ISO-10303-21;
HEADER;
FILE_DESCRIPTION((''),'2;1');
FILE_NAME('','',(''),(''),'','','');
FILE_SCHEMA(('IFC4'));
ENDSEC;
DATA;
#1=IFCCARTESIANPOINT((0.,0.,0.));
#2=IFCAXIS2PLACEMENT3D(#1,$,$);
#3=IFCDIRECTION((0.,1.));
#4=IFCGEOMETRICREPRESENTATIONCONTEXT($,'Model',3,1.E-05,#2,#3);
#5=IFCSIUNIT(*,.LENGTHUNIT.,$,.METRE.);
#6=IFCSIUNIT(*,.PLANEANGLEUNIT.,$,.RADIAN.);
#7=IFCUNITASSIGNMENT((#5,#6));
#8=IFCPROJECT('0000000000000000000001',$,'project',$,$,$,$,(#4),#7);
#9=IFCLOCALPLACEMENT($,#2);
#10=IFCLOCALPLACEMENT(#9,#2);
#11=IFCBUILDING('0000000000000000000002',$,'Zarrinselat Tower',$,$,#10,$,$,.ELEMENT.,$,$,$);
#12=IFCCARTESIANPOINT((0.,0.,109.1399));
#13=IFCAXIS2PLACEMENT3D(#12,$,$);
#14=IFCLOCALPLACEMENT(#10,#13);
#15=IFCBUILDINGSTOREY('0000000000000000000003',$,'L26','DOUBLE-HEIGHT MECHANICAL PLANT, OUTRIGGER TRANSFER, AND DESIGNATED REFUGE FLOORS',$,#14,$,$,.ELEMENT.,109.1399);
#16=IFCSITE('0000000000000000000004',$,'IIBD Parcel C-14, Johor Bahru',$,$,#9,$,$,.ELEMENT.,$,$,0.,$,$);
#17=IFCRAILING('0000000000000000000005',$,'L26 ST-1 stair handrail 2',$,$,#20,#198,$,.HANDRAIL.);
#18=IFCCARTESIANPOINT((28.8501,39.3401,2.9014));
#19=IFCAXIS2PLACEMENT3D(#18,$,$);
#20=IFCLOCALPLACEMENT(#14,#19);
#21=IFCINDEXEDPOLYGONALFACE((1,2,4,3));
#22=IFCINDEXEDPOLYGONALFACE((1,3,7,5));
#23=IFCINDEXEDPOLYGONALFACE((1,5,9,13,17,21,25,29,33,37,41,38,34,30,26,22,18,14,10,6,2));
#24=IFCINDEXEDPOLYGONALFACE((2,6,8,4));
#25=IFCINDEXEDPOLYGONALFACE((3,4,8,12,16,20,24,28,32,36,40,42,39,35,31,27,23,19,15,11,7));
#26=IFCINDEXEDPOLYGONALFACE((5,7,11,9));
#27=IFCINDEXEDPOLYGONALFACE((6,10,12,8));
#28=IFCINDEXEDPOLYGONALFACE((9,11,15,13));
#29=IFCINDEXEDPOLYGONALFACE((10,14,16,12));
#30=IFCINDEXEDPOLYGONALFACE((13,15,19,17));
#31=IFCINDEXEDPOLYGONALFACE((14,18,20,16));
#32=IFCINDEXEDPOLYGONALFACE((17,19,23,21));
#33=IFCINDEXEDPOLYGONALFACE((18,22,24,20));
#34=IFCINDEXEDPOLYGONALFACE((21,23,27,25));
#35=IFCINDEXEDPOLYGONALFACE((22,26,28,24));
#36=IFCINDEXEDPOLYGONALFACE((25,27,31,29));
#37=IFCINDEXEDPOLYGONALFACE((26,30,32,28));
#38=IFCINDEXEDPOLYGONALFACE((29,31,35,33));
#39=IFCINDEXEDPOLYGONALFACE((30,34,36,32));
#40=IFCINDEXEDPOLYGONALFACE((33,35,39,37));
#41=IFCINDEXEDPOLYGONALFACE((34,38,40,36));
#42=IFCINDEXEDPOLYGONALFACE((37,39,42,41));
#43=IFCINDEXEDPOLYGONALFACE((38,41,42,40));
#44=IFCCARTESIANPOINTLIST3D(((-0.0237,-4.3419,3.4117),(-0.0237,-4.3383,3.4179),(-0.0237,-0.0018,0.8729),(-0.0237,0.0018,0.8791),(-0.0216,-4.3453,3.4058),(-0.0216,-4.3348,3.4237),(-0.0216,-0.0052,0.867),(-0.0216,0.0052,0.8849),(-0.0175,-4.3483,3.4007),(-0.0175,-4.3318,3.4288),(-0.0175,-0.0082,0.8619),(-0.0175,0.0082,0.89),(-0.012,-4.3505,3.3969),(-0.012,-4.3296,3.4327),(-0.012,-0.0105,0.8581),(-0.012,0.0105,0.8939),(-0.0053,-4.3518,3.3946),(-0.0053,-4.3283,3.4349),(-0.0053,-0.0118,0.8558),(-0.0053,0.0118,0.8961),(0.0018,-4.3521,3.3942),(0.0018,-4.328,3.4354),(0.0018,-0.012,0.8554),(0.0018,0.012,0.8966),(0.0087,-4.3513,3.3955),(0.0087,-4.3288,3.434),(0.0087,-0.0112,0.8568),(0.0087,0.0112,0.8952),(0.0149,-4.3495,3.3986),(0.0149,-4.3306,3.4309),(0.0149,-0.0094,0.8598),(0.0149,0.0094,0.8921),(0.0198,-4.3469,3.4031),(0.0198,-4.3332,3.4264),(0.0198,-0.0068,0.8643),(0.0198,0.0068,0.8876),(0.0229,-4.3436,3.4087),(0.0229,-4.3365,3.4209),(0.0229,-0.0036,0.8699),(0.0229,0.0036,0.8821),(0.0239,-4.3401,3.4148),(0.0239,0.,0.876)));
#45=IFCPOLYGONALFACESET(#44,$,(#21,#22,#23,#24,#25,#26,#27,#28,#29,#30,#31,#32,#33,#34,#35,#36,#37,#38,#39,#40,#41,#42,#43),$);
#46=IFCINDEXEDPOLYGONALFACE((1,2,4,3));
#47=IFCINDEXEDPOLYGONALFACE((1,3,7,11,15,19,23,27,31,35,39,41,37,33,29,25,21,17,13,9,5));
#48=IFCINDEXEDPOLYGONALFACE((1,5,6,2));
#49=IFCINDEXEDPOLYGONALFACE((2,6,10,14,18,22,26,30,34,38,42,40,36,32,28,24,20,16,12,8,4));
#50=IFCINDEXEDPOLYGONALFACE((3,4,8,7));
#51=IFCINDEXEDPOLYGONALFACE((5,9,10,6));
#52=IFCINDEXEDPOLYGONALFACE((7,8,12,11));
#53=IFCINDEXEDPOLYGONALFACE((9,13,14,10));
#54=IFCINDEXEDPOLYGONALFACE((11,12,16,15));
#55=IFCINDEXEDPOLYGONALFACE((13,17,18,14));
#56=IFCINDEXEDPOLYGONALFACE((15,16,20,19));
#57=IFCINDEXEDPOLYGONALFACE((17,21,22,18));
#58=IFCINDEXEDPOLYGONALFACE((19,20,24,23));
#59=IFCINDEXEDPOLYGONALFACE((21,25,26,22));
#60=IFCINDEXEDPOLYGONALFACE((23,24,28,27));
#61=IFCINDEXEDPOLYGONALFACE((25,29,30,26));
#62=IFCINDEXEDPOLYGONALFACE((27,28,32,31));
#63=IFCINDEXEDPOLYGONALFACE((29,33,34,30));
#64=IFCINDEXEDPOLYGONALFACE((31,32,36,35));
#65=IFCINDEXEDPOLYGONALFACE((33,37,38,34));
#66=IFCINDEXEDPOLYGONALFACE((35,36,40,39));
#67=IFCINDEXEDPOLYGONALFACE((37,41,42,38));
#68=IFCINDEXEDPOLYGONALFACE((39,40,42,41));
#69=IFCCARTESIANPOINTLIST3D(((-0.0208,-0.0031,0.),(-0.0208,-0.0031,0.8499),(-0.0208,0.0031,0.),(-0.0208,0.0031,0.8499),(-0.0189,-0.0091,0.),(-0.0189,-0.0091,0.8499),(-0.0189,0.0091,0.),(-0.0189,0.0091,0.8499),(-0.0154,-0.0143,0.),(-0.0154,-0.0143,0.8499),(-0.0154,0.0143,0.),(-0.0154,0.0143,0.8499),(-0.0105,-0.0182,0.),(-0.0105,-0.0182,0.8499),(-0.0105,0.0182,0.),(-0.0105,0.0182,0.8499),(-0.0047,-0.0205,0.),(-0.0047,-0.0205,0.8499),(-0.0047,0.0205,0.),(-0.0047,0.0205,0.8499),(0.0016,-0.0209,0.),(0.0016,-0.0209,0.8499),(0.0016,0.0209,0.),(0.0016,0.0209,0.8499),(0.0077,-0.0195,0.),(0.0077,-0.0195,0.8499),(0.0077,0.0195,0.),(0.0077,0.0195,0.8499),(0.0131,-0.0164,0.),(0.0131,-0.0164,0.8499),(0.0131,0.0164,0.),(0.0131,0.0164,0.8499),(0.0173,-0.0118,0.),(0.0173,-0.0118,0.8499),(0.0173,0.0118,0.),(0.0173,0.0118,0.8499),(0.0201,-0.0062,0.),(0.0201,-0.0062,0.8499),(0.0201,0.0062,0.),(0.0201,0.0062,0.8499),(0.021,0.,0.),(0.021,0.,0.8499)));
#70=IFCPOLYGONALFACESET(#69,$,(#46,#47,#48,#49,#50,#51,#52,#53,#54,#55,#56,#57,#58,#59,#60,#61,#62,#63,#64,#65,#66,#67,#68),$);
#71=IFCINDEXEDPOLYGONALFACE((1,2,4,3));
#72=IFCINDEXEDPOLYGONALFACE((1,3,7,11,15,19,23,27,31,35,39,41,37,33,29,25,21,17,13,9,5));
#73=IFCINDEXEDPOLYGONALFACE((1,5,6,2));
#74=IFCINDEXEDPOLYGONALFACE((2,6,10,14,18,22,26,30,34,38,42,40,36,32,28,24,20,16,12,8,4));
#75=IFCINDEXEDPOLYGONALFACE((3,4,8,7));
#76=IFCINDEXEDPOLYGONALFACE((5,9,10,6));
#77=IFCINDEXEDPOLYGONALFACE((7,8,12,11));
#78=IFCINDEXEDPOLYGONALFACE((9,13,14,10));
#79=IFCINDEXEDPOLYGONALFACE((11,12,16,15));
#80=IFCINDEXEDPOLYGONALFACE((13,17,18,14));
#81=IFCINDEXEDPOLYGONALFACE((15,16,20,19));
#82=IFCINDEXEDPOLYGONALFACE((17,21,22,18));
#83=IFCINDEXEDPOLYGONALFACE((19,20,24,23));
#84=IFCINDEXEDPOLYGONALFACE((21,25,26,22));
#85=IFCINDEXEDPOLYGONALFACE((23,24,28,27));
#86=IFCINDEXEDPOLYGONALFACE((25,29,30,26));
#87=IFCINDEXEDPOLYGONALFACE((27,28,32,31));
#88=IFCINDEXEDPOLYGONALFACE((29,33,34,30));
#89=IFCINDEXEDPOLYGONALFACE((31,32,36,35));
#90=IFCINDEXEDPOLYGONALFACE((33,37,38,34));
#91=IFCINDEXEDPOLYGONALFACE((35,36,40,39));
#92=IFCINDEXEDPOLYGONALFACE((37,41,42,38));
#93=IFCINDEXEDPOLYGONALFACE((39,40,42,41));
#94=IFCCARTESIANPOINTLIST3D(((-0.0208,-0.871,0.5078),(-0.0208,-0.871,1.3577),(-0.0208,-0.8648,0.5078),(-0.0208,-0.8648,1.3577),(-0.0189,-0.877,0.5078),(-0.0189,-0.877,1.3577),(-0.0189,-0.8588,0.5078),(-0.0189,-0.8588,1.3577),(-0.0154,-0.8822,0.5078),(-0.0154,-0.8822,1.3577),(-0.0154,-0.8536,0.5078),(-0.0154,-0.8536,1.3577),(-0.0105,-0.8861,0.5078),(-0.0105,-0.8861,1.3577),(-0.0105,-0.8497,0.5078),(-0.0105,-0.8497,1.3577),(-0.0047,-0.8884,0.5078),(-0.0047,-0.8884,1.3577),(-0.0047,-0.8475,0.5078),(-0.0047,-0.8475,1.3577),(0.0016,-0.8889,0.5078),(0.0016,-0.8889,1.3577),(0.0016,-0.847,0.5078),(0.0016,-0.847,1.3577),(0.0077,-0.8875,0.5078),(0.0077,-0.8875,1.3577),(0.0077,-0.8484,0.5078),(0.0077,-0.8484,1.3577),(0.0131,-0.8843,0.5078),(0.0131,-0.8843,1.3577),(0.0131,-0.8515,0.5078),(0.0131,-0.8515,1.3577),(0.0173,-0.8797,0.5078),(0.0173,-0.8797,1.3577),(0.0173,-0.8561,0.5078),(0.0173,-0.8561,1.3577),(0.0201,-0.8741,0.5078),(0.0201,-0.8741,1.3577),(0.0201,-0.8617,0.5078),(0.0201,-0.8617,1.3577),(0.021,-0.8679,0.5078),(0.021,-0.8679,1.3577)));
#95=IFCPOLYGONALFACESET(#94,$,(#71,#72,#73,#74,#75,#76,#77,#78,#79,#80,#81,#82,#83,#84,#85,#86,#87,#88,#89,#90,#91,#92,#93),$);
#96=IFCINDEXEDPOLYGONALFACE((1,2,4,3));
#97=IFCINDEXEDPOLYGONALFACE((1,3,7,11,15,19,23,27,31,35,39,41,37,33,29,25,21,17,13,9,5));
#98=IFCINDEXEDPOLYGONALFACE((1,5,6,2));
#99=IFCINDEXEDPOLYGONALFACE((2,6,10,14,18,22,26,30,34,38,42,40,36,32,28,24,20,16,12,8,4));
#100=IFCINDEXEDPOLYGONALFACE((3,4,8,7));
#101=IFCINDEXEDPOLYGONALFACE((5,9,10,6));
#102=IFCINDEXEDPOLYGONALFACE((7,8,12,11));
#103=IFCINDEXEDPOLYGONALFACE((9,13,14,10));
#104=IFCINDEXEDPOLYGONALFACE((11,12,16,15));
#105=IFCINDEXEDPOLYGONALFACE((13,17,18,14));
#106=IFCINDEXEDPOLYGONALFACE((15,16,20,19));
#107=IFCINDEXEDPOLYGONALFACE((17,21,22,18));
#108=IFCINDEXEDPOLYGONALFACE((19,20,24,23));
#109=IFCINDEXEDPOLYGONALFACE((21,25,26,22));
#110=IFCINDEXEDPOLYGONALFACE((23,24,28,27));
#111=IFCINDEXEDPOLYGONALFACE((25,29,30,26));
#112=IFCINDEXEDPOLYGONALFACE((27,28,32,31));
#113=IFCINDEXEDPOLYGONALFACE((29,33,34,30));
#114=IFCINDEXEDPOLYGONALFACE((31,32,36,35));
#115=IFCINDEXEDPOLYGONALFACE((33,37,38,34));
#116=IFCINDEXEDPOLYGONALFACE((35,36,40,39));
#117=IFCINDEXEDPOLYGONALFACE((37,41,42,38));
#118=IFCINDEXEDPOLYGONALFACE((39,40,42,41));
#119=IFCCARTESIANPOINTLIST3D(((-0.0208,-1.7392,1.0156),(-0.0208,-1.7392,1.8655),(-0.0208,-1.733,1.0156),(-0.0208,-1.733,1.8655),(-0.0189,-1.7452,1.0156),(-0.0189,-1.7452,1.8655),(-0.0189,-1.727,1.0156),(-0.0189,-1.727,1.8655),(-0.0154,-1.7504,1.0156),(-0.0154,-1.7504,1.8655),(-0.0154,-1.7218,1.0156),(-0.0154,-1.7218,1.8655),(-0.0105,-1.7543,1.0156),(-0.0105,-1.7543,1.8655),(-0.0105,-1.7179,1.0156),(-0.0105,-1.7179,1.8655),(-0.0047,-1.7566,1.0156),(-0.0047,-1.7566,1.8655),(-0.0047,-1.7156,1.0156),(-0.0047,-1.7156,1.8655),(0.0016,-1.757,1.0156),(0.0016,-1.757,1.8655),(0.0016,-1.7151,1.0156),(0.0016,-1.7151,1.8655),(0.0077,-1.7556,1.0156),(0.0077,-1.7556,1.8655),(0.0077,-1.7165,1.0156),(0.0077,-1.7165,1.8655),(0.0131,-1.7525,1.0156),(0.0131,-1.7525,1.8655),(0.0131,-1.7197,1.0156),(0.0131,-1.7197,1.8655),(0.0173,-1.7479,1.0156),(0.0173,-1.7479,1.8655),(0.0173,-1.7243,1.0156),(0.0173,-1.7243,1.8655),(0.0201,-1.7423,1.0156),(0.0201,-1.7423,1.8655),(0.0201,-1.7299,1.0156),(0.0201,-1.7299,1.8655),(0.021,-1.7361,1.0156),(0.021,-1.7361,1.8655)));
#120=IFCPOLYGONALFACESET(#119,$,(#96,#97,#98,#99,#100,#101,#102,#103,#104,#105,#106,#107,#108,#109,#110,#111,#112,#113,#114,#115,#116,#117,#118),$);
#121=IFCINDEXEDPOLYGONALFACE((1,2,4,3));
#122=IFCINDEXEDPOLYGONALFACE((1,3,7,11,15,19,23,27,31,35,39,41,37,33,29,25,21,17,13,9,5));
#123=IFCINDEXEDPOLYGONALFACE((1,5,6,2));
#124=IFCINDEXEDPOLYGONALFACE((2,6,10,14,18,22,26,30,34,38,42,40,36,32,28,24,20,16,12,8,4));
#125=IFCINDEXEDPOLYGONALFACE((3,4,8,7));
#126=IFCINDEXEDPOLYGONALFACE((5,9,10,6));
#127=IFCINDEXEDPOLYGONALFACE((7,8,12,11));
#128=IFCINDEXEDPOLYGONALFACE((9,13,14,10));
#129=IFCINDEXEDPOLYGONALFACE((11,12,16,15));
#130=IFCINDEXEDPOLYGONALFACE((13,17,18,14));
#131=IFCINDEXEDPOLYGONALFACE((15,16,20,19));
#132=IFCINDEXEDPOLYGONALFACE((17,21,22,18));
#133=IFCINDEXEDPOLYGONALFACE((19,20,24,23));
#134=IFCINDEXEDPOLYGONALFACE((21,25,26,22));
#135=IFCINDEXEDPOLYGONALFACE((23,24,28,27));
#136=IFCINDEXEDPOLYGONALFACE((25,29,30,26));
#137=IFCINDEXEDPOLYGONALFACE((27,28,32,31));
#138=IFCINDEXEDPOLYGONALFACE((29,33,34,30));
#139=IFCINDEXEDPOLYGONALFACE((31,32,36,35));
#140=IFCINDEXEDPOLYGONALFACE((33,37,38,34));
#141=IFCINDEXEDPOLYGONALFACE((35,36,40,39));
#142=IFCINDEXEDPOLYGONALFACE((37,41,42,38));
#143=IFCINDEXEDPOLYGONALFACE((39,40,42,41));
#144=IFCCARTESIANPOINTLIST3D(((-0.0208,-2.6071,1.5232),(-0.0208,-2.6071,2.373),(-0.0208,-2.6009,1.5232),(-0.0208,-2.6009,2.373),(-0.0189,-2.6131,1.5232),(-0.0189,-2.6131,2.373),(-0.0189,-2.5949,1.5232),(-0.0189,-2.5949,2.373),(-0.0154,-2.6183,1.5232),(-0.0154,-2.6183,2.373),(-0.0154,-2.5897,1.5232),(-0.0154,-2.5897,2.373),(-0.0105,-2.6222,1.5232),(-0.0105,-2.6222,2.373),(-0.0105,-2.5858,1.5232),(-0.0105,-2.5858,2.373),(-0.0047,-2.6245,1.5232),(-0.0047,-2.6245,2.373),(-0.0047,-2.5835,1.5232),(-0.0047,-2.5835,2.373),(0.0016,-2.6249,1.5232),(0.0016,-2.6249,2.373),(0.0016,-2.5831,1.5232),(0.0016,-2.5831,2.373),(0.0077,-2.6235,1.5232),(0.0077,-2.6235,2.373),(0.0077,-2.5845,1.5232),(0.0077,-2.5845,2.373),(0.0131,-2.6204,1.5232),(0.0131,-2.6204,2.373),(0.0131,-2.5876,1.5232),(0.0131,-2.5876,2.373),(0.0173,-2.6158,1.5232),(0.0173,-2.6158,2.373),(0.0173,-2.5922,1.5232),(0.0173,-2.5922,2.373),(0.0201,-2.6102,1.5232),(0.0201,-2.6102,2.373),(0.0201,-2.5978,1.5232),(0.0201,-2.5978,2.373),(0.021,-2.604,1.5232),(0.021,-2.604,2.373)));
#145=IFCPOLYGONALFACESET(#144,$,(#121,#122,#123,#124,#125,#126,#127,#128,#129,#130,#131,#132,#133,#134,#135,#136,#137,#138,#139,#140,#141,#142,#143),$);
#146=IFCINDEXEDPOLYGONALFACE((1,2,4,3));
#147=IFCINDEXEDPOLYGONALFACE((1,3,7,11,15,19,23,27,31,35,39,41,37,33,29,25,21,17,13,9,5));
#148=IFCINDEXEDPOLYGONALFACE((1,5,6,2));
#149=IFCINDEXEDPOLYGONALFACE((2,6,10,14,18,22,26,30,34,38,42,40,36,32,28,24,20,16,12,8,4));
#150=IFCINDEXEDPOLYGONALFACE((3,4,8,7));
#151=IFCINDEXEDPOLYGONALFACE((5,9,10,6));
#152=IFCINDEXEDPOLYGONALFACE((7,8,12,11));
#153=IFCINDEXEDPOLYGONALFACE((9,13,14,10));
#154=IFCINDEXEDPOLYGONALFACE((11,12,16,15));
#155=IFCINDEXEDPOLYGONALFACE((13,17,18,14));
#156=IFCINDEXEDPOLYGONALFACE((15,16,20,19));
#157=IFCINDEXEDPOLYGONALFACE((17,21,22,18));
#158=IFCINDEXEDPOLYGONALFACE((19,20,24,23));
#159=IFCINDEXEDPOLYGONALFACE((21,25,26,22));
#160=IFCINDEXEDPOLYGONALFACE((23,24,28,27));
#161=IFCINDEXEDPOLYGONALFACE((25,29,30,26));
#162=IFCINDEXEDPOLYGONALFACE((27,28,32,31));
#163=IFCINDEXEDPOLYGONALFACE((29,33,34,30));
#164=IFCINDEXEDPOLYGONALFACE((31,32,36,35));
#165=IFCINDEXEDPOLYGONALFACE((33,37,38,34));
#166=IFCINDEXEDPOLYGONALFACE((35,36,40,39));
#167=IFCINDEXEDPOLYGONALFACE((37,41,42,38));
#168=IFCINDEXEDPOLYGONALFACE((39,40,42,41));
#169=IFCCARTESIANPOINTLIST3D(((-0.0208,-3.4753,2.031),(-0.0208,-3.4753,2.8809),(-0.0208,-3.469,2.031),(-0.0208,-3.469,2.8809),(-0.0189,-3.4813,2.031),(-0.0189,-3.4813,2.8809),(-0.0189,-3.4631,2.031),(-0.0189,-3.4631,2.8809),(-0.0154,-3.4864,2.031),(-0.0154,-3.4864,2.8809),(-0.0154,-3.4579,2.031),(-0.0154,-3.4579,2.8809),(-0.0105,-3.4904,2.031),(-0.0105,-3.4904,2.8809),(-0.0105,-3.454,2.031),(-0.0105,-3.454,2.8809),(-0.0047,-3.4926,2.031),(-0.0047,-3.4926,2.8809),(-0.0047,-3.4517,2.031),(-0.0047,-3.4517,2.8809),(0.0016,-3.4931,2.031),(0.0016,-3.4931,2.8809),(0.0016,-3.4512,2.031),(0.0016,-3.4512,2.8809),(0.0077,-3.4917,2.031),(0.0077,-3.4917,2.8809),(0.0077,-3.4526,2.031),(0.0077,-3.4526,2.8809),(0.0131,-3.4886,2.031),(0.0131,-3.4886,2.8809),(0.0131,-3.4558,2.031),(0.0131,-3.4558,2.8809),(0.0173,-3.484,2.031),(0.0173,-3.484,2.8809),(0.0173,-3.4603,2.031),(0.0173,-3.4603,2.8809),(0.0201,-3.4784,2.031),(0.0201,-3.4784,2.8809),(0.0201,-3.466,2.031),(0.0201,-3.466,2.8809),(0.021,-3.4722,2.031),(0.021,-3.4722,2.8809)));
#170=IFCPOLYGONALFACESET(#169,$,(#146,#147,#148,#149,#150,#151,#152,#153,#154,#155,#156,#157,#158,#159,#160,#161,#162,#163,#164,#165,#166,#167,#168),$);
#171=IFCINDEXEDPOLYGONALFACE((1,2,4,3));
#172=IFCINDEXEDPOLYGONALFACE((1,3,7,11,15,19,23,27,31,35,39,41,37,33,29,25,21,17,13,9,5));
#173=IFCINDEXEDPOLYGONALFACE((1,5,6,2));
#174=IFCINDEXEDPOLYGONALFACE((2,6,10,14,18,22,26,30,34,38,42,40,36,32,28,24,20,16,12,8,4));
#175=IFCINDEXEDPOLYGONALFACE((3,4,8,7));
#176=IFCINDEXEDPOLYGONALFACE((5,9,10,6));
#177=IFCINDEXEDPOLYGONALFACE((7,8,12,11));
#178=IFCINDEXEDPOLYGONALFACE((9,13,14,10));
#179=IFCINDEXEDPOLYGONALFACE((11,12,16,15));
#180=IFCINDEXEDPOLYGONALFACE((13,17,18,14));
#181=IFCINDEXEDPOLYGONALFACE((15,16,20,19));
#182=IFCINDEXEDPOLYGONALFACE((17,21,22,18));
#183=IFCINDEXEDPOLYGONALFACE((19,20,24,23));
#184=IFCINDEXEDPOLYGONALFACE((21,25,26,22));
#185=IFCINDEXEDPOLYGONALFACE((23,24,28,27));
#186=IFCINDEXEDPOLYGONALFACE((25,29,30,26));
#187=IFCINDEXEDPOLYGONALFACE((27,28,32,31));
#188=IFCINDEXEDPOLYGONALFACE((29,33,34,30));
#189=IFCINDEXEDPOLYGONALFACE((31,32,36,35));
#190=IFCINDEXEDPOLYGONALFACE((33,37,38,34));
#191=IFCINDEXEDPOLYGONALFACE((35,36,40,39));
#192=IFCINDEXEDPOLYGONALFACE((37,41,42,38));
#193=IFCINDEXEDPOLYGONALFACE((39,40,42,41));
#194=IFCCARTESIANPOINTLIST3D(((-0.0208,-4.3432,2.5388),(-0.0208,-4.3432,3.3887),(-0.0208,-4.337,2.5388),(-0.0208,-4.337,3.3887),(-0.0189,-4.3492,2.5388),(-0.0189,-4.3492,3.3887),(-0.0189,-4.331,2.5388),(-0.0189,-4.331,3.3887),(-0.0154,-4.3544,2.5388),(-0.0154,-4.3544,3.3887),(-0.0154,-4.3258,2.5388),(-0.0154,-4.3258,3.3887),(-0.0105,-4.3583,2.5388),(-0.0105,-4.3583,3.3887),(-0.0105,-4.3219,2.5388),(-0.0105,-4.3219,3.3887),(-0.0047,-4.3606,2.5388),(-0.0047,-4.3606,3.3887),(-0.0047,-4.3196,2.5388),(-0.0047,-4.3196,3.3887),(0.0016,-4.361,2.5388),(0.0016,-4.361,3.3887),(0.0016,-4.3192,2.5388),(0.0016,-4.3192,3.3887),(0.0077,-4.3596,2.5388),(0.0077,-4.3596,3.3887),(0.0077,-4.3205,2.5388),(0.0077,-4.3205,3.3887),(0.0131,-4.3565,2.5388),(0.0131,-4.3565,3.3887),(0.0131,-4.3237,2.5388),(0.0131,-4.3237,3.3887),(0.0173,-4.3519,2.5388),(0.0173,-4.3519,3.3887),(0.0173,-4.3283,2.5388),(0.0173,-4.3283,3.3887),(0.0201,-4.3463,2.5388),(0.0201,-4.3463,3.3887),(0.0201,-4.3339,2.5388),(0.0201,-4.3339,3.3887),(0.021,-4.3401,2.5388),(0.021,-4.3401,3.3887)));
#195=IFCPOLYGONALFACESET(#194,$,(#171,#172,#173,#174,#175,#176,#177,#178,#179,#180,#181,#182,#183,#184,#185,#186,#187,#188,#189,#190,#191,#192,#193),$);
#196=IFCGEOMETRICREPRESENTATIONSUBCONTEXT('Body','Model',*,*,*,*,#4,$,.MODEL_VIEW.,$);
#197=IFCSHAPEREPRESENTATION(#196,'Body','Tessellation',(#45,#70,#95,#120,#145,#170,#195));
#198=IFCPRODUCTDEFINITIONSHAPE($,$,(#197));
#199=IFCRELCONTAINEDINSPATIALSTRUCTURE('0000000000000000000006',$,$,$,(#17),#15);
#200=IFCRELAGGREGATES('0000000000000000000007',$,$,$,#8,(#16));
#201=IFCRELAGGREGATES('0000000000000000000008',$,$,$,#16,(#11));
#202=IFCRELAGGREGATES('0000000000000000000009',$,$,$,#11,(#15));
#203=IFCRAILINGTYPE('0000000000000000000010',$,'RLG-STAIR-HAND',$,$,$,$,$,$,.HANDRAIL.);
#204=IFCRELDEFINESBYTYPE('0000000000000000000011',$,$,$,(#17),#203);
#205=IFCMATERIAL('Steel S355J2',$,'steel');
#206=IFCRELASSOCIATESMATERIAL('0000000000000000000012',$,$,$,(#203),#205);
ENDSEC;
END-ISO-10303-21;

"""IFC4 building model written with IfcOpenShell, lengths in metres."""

from ifc_helpers import new_model, si_unit, direction, frame, origin, origin_2d, place, context, subcontext, project, spatial, circle, extrude, material, type_object, element, save


model = new_model("IFC4")

# Units and contexts
model_context = context("Model", 3, precision=1e-05, world=origin(), true_north=direction((0.0, 1.0)))
body_context = subcontext(model_context, "Body", "Model", "MODEL_VIEW")
ifc_project = project(units=[si_unit("LENGTHUNIT", "METRE"), si_unit("PLANEANGLEUNIT", "RADIAN")], contexts=[model_context])

# Site, building, storey
site_placement = place(None, origin())
site = spatial("IfcSite", under=ifc_project, at=site_placement, Name="IIBD Parcel C-14, Johor Bahru", CompositionType="ELEMENT", RefElevation=0.0)
building_placement = place(site_placement, origin())
building = spatial("IfcBuilding", under=site, at=building_placement, Name="Zarrinselat Tower", CompositionType="ELEMENT")
storey_placement = place(building_placement, frame((0.0, 0.0, 109.1399)))
storey = spatial("IfcBuildingStorey", under=building, at=storey_placement, Name="L26", Description="DOUBLE-HEIGHT MECHANICAL PLANT, OUTRIGGER TRANSFER, AND DESIGNATED REFUGE FLOORS", CompositionType="ELEMENT", Elevation=109.1399)

# Railing
ifc_material_1 = material(Name="Steel S355J2", Category="steel")
railing_type_1 = type_object("IfcRailingType", Name="RLG-STAIR-HAND", PredefinedType="HANDRAIL", material=ifc_material_1)
railing_1_placement = place(storey_placement, frame((28.8501, 39.3401, 2.9014)))
element("IfcRailing", 1, at=railing_1_placement, inside=storey, type_object=railing_type_1, Name="L26 ST-1 stair handrail 2", PredefinedType="HANDRAIL", context=body_context, shape_type="SweptSolid", body=[
    extrude(circle(Radius=0.0239, at=origin_2d()), frame((0.0, 0.0, 0.876), z_axis=(0.0, -0.863164, 0.504924), x_axis=(1.0, 0.0, 0.0)), (0.0, 0.0, 1.0), 5.0281),
    extrude(circle(Radius=0.021, at=origin_2d()), origin(), (0.0, 0.0, 1.0), 0.8499),
    extrude(circle(Radius=0.021, at=origin_2d()), frame((0.0, -0.8679, 0.5078)), (0.0, 0.0, 1.0), 0.8499),
    extrude(circle(Radius=0.021, at=origin_2d()), frame((0.0, -1.7361, 1.0156)), (0.0, 0.0, 1.0), 0.8499),
    extrude(circle(Radius=0.021, at=origin_2d()), frame((0.0, -2.604, 1.5232)), (0.0, 0.0, 1.0), 0.8499),
    extrude(circle(Radius=0.021, at=origin_2d()), frame((0.0, -3.4722, 2.031)), (0.0, 0.0, 1.0), 0.8499),
    extrude(circle(Radius=0.021, at=origin_2d()), frame((0.0, -4.3401, 2.5388)), (0.0, 0.0, 1.0), 0.8499),
])

save(model, "model.ifc")
